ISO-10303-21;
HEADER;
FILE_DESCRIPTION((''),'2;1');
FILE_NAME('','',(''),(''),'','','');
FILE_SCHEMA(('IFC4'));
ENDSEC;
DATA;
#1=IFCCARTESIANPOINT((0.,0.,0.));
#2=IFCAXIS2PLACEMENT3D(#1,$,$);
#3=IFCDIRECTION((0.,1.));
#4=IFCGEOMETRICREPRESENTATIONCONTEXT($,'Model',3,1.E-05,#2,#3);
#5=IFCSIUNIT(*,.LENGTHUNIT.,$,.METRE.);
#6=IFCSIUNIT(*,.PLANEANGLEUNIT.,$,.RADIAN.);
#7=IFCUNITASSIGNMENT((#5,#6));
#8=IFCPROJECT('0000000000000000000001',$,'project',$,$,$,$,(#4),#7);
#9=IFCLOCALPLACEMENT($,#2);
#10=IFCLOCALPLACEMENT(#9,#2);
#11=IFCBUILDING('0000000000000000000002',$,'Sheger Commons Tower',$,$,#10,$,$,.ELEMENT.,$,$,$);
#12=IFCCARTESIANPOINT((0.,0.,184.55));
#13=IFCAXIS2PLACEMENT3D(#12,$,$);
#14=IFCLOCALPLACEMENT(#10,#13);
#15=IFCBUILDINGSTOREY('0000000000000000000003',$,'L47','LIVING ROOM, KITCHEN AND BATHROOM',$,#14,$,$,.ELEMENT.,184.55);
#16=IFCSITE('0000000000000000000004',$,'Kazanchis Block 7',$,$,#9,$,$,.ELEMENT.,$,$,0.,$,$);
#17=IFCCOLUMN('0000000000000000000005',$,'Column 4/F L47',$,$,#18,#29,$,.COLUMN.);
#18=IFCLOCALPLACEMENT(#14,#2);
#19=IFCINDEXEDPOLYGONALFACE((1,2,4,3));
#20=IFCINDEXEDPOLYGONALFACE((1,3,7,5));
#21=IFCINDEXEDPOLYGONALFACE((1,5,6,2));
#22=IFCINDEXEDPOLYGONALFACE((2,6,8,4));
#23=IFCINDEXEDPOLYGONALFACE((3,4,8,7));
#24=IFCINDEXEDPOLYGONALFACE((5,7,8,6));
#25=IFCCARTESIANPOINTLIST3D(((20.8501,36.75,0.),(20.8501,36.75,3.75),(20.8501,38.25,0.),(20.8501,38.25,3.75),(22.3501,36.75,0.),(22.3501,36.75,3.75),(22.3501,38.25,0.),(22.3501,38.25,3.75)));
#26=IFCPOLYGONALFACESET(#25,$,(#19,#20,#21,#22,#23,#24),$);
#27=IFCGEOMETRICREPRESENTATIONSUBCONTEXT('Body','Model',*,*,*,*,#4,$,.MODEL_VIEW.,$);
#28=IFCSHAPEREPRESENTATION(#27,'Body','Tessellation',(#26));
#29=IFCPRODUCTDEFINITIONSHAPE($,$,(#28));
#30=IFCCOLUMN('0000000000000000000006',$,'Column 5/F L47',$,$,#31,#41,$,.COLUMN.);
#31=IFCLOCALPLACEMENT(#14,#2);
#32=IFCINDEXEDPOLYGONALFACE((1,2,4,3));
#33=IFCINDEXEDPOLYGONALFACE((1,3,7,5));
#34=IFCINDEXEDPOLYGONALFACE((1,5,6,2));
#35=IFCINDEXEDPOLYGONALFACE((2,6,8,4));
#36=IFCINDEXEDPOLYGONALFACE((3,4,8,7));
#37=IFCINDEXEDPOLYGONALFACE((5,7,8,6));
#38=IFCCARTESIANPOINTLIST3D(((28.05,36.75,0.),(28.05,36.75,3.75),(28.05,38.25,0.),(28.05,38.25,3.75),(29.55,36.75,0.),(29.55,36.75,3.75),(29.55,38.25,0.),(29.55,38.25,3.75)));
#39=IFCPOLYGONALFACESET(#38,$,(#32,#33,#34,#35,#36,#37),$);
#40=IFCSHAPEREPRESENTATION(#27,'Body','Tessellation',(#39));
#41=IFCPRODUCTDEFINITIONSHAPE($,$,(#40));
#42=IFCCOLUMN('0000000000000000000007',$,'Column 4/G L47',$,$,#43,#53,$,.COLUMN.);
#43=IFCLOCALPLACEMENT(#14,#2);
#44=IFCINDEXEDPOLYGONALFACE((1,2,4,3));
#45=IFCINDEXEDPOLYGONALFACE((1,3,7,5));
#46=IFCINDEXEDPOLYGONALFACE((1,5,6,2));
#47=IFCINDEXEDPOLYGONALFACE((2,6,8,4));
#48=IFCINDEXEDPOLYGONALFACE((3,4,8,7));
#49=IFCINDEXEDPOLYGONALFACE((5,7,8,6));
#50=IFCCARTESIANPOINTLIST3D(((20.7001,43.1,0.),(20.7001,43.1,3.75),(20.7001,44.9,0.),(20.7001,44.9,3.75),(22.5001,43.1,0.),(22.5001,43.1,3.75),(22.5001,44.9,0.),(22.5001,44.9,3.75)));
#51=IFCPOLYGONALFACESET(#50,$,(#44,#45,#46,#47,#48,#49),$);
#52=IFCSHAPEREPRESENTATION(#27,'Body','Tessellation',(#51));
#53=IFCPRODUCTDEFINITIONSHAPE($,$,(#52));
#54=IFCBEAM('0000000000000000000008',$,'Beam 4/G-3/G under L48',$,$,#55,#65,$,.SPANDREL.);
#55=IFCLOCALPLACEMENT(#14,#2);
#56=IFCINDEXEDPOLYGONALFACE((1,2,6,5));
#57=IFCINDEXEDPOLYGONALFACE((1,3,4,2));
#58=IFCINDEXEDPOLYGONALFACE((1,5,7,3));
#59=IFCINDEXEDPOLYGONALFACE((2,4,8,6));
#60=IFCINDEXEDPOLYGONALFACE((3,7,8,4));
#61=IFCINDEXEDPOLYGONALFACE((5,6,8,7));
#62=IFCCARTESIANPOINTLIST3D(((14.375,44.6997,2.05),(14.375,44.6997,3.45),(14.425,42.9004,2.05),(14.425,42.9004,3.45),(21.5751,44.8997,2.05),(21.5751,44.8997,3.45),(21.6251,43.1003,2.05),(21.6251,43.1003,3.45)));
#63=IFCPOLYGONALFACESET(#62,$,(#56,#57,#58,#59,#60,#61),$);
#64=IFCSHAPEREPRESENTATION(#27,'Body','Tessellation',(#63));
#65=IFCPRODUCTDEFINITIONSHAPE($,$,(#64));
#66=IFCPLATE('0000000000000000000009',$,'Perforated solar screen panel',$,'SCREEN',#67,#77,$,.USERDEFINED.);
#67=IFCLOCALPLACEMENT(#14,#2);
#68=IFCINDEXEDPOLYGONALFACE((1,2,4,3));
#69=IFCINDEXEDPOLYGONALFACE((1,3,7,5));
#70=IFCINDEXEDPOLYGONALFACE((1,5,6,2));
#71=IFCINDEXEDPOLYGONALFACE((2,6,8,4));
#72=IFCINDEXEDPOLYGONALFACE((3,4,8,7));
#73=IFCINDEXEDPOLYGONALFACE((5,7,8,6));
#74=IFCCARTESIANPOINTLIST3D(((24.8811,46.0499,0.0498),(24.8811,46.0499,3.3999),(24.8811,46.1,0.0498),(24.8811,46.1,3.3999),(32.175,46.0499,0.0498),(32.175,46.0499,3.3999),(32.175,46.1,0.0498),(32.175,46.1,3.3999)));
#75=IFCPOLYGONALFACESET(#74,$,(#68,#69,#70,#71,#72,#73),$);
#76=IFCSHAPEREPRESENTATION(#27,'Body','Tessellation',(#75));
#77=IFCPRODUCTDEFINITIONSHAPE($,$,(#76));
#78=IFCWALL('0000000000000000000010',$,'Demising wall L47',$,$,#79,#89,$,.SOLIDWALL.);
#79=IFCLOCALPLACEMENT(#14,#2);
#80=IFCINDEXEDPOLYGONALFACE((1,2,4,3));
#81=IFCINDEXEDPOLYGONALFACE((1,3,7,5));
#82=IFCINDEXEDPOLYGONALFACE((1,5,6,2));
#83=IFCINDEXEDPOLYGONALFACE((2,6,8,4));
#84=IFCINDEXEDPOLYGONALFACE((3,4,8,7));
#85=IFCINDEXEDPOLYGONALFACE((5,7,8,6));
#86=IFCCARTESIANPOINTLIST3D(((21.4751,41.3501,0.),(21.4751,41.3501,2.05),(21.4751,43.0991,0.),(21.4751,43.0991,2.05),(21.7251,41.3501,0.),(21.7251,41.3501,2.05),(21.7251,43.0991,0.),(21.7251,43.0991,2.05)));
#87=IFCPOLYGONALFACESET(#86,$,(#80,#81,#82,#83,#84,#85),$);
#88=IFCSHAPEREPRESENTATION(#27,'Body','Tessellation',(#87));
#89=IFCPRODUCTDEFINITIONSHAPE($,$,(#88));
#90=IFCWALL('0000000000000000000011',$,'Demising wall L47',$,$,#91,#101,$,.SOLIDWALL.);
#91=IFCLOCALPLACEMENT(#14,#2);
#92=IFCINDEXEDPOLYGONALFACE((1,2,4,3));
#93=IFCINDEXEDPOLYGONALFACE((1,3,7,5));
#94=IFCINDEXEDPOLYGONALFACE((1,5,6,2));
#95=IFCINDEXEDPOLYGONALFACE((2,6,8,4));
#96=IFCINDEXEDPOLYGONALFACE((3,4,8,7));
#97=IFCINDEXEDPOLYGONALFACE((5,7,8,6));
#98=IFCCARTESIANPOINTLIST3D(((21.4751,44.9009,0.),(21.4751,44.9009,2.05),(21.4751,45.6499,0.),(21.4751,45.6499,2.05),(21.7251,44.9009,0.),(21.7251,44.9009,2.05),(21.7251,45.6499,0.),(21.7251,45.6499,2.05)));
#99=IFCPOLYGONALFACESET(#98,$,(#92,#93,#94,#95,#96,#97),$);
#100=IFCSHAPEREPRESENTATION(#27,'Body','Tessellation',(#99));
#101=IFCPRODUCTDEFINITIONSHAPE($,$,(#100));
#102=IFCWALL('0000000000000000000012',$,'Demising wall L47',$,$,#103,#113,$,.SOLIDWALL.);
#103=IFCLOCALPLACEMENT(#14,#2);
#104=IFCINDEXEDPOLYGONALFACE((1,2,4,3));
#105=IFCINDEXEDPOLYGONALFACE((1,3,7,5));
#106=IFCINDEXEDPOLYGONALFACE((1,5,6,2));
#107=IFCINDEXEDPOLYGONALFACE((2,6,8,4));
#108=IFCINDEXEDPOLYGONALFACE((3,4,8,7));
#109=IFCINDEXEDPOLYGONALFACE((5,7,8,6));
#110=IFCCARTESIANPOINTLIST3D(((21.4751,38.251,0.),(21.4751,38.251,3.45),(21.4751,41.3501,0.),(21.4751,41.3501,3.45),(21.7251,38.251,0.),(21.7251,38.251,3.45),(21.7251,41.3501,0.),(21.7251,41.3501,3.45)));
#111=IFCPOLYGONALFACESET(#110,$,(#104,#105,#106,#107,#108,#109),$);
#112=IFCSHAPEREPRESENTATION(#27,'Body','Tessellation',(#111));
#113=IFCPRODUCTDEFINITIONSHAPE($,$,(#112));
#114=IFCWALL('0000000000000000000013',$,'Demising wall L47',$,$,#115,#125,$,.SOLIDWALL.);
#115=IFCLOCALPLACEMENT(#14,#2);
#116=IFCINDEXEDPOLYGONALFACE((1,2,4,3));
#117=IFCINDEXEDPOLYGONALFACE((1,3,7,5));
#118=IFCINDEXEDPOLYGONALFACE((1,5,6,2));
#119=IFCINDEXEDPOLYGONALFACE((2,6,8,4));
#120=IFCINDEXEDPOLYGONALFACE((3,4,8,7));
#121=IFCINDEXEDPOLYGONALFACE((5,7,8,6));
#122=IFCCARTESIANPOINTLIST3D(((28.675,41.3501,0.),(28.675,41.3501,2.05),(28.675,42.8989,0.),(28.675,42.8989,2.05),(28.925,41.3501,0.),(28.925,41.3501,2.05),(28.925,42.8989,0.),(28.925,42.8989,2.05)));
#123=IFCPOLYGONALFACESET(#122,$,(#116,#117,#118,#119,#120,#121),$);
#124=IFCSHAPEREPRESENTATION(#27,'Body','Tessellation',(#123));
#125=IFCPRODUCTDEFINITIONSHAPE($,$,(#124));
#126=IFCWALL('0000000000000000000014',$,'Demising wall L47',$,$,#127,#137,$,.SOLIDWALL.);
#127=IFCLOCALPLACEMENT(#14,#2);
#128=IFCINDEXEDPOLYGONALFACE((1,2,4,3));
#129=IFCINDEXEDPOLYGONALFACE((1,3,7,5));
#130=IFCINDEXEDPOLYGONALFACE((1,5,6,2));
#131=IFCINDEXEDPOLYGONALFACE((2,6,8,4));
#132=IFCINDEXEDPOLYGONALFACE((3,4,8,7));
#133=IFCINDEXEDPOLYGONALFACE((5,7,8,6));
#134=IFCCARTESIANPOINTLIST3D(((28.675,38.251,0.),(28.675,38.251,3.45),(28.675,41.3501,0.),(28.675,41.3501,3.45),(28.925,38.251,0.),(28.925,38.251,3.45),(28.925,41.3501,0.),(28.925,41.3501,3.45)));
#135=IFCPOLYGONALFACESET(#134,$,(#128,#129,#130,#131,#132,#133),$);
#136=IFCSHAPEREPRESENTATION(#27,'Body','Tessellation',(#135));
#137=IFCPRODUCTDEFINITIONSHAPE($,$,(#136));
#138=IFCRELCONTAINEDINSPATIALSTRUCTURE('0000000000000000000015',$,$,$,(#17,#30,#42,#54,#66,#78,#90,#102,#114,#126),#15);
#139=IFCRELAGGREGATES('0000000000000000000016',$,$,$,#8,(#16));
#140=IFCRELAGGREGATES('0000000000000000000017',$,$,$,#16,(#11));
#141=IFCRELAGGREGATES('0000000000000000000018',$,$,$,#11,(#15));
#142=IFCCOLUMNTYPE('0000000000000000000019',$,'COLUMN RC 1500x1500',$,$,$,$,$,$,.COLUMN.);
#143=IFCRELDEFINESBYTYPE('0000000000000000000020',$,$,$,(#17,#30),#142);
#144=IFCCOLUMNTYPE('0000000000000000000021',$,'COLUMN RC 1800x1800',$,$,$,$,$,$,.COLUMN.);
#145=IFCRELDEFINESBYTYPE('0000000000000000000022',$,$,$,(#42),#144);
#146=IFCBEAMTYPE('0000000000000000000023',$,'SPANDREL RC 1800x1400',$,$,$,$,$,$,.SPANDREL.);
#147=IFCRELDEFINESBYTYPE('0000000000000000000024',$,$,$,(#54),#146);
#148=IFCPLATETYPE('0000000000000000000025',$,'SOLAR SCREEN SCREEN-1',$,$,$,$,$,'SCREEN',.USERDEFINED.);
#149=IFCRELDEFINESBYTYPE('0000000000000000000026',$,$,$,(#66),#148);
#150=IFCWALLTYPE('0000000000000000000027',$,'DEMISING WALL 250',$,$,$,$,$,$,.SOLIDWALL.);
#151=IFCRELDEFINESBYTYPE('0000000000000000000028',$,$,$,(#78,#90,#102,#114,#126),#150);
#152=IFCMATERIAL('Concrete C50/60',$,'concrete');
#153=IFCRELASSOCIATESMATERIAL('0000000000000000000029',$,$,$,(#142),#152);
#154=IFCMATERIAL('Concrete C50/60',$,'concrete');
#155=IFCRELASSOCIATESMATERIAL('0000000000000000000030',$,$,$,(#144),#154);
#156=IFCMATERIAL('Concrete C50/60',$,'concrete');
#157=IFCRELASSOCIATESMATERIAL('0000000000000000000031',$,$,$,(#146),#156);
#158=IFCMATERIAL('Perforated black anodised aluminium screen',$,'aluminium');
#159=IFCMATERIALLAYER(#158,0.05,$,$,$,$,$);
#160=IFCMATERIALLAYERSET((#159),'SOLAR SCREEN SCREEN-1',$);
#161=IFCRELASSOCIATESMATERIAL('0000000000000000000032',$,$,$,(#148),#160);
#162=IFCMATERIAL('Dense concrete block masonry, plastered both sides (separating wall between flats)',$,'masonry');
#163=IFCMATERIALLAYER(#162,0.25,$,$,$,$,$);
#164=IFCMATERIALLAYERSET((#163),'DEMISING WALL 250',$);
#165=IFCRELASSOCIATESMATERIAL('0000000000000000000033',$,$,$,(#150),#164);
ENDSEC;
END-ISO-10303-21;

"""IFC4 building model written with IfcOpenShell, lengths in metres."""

from ifc_helpers import new_model, si_unit, direction, frame, frame_2d, origin, origin_2d, place, context, subcontext, project, spatial, rectangle, extrude, material, layer, layer_set, material_profile, profile_set, type_object, element, save


model = new_model("IFC4")

# Units and contexts
model_context = context("Model", 3, precision=1e-05, world=origin(), true_north=direction((0.0, 1.0)))
body_context = subcontext(model_context, "Body", "Model", "MODEL_VIEW")
ifc_project = project(units=[si_unit("LENGTHUNIT", "METRE"), si_unit("PLANEANGLEUNIT", "RADIAN")], contexts=[model_context])

# Site, building, storey
site_placement = place(None, origin())
site = spatial("IfcSite", under=ifc_project, at=site_placement, Name="Kazanchis Block 7", CompositionType="ELEMENT", RefElevation=0.0)
building_placement = place(site_placement, origin())
building = spatial("IfcBuilding", under=site, at=building_placement, Name="Sheger Commons Tower", CompositionType="ELEMENT")
storey_placement = place(building_placement, frame((0.0, 0.0, 184.55)))
storey = spatial("IfcBuildingStorey", under=building, at=storey_placement, Name="L47", Description="LIVING ROOM, KITCHEN AND BATHROOM", CompositionType="ELEMENT", Elevation=184.55)

# Columns
ifc_material_1 = material(Name="Concrete C50/60", Category="concrete")
ifc_material_profile_1 = material_profile(ifc_material_1, rectangle(XDim=1.5, YDim=1.5, at=origin_2d()), Name="RC 1500x1500")
ifc_profile_set_1 = profile_set([ifc_material_profile_1], Name="Concrete C50/60")
column_type_1 = type_object("IfcColumnType", Name="COLUMN RC 1500x1500", PredefinedType="COLUMN", material=ifc_profile_set_1)
for number, where, z_axis, x_axis, name in (
    (1, (21.6001, 37.5, 0.0), (0.0, 0.0, 1.0), (1.0, 0.0, 0.0), "Column 4/F L47"),
    (2, (28.8, 37.5, 0.0), (0.0, 0.0, 1.0), (1.0, 0.0, 0.0), "Column 5/F L47"),
):
    element("IfcColumn", number, at=place(storey_placement, frame(where, z_axis=z_axis, x_axis=x_axis)), inside=storey, type_object=column_type_1, Name=name, PredefinedType="COLUMN", context=body_context, shape_type="SweptSolid", body=[
        extrude(rectangle(XDim=1.5, YDim=1.5, at=origin_2d()), origin(), (0.0, 0.0, 1.0), 3.75),
    ])
ifc_material_2 = material(Name="Concrete C50/60", Category="concrete")
ifc_material_profile_2 = material_profile(ifc_material_2, rectangle(XDim=1.8, YDim=1.8, at=origin_2d()), Name="RC 1800x1800")
ifc_profile_set_2 = profile_set([ifc_material_profile_2], Name="Concrete C50/60")
column_type_2 = type_object("IfcColumnType", Name="COLUMN RC 1800x1800", PredefinedType="COLUMN", material=ifc_profile_set_2)
column_placement = place(storey_placement, frame((21.6001, 44.0, 0.0), z_axis=(0.0, 0.0, 1.0), x_axis=(1.0, 0.0, 0.0)))
element("IfcColumn", 3, at=column_placement, inside=storey, type_object=column_type_2, Name="Column 4/G L47", PredefinedType="COLUMN", context=body_context, shape_type="SweptSolid", body=[
    extrude(rectangle(XDim=1.8, YDim=1.8, at=origin_2d()), origin(), (0.0, 0.0, 1.0), 3.75),
])

# Beam
ifc_material_3 = material(Name="Concrete C50/60", Category="concrete")
ifc_material_profile_3 = material_profile(ifc_material_3, rectangle(XDim=1.8, YDim=1.3999, at=origin_2d()), Name="RC 1800x1400")
ifc_profile_set_3 = profile_set([ifc_material_profile_3], Name="Concrete C50/60")
beam_type = type_object("IfcBeamType", Name="SPANDREL RC 1800x1400", PredefinedType="SPANDREL", material=ifc_profile_set_3)
beam_placement = place(storey_placement, frame((21.6001, 44.0, 2.75), z_axis=(-0.999615, -0.02776, 0.0), x_axis=(0.02776, -0.999615, 0.0)))
element("IfcBeam", 4, at=beam_placement, inside=storey, type_object=beam_type, Name="Beam 4/G-3/G under L48", PredefinedType="SPANDREL", context=body_context, shape_type="SweptSolid", body=[
    extrude(rectangle(XDim=1.8, YDim=1.3999, at=origin_2d()), origin(), (0.0, 0.0, 1.0), 7.2029),
])

# Plate
ifc_material_4 = material(Name="Perforated black anodised aluminium screen", Category="aluminium")
ifc_layer_1 = layer(ifc_material_4, 0.05)
ifc_layer_set_1 = layer_set([ifc_layer_1], Name="SOLAR SCREEN SCREEN-1")
plate_type = type_object("IfcPlateType", Name="SOLAR SCREEN SCREEN-1", ElementType="SCREEN", PredefinedType="USERDEFINED", material=ifc_layer_set_1)
plate_placement = place(storey_placement, frame((28.5281, 46.075, 0.0498), z_axis=(0.0, 0.0, 1.0), x_axis=(-1.0, 0.0, 0.0)))
element("IfcPlate", 5, at=plate_placement, inside=storey, type_object=plate_type, Name="Perforated solar screen panel", ObjectType="SCREEN", PredefinedType="USERDEFINED", context=body_context, shape_type="SweptSolid", body=[
    extrude(rectangle(XDim=7.2939, YDim=0.05, at=origin_2d()), origin(), (0.0, 0.0, 1.0), 3.3501),
])

# Walls
ifc_material_5 = material(Name="Dense concrete block masonry, plastered both sides (separating wall between flats)", Category="masonry")
ifc_layer_2 = layer(ifc_material_5, 0.25)
ifc_layer_set_2 = layer_set([ifc_layer_2], Name="DEMISING WALL 250")
wall_type_1 = type_object("IfcWallType", Name="DEMISING WALL 250", PredefinedType="SOLIDWALL", material=ifc_layer_set_2)
wall_1_placement = place(storey_placement, frame((21.6001, 41.3501, 0.0), z_axis=(0.0, 0.0, 1.0), x_axis=(0.0, 1.0, 0.0)))
element("IfcWall", 6, at=wall_1_placement, inside=storey, type_object=wall_type_1, Name="Demising wall L47", PredefinedType="SOLIDWALL", context=body_context, shape_type="SweptSolid", body=[
    extrude(rectangle(XDim=1.749, YDim=0.25, at=frame_2d((0.8745, 0.0))), origin(), (0.0, 0.0, 1.0), 2.05),
])
wall_2_placement = place(storey_placement, frame((21.6001, 44.9009, 0.0), z_axis=(0.0, 0.0, 1.0), x_axis=(0.0, 1.0, 0.0)))
element("IfcWall", 7, at=wall_2_placement, inside=storey, type_object=wall_type_1, Name="Demising wall L47", PredefinedType="SOLIDWALL", context=body_context, shape_type="SweptSolid", body=[
    extrude(rectangle(XDim=0.749, YDim=0.25, at=frame_2d((0.3745, 0.0))), origin(), (0.0, 0.0, 1.0), 2.05),
])
wall_3_placement = place(storey_placement, frame((21.6001, 38.251, 0.0), z_axis=(0.0, 0.0, 1.0), x_axis=(0.0, 1.0, 0.0)))
element("IfcWall", 8, at=wall_3_placement, inside=storey, type_object=wall_type_1, Name="Demising wall L47", PredefinedType="SOLIDWALL", context=body_context, shape_type="SweptSolid", body=[
    extrude(rectangle(XDim=3.0991, YDim=0.25, at=frame_2d((1.5496, 0.0))), origin(), (0.0, 0.0, 1.0), 3.45),
])
wall_4_placement = place(storey_placement, frame((28.8, 41.3501, 0.0), z_axis=(0.0, 0.0, 1.0), x_axis=(0.0, 1.0, 0.0)))
element("IfcWall", 9, at=wall_4_placement, inside=storey, type_object=wall_type_1, Name="Demising wall L47", PredefinedType="SOLIDWALL", context=body_context, shape_type="SweptSolid", body=[
    extrude(rectangle(XDim=1.5488, YDim=0.25, at=frame_2d((0.7744, 0.0))), origin(), (0.0, 0.0, 1.0), 2.05),
])
wall_5_placement = place(storey_placement, frame((28.8, 38.251, 0.0), z_axis=(0.0, 0.0, 1.0), x_axis=(0.0, 1.0, 0.0)))
element("IfcWall", 10, at=wall_5_placement, inside=storey, type_object=wall_type_1, Name="Demising wall L47", PredefinedType="SOLIDWALL", context=body_context, shape_type="SweptSolid", body=[
    extrude(rectangle(XDim=3.0991, YDim=0.25, at=frame_2d((1.5496, 0.0))), origin(), (0.0, 0.0, 1.0), 3.45),
])

save(model, "model.ifc")
